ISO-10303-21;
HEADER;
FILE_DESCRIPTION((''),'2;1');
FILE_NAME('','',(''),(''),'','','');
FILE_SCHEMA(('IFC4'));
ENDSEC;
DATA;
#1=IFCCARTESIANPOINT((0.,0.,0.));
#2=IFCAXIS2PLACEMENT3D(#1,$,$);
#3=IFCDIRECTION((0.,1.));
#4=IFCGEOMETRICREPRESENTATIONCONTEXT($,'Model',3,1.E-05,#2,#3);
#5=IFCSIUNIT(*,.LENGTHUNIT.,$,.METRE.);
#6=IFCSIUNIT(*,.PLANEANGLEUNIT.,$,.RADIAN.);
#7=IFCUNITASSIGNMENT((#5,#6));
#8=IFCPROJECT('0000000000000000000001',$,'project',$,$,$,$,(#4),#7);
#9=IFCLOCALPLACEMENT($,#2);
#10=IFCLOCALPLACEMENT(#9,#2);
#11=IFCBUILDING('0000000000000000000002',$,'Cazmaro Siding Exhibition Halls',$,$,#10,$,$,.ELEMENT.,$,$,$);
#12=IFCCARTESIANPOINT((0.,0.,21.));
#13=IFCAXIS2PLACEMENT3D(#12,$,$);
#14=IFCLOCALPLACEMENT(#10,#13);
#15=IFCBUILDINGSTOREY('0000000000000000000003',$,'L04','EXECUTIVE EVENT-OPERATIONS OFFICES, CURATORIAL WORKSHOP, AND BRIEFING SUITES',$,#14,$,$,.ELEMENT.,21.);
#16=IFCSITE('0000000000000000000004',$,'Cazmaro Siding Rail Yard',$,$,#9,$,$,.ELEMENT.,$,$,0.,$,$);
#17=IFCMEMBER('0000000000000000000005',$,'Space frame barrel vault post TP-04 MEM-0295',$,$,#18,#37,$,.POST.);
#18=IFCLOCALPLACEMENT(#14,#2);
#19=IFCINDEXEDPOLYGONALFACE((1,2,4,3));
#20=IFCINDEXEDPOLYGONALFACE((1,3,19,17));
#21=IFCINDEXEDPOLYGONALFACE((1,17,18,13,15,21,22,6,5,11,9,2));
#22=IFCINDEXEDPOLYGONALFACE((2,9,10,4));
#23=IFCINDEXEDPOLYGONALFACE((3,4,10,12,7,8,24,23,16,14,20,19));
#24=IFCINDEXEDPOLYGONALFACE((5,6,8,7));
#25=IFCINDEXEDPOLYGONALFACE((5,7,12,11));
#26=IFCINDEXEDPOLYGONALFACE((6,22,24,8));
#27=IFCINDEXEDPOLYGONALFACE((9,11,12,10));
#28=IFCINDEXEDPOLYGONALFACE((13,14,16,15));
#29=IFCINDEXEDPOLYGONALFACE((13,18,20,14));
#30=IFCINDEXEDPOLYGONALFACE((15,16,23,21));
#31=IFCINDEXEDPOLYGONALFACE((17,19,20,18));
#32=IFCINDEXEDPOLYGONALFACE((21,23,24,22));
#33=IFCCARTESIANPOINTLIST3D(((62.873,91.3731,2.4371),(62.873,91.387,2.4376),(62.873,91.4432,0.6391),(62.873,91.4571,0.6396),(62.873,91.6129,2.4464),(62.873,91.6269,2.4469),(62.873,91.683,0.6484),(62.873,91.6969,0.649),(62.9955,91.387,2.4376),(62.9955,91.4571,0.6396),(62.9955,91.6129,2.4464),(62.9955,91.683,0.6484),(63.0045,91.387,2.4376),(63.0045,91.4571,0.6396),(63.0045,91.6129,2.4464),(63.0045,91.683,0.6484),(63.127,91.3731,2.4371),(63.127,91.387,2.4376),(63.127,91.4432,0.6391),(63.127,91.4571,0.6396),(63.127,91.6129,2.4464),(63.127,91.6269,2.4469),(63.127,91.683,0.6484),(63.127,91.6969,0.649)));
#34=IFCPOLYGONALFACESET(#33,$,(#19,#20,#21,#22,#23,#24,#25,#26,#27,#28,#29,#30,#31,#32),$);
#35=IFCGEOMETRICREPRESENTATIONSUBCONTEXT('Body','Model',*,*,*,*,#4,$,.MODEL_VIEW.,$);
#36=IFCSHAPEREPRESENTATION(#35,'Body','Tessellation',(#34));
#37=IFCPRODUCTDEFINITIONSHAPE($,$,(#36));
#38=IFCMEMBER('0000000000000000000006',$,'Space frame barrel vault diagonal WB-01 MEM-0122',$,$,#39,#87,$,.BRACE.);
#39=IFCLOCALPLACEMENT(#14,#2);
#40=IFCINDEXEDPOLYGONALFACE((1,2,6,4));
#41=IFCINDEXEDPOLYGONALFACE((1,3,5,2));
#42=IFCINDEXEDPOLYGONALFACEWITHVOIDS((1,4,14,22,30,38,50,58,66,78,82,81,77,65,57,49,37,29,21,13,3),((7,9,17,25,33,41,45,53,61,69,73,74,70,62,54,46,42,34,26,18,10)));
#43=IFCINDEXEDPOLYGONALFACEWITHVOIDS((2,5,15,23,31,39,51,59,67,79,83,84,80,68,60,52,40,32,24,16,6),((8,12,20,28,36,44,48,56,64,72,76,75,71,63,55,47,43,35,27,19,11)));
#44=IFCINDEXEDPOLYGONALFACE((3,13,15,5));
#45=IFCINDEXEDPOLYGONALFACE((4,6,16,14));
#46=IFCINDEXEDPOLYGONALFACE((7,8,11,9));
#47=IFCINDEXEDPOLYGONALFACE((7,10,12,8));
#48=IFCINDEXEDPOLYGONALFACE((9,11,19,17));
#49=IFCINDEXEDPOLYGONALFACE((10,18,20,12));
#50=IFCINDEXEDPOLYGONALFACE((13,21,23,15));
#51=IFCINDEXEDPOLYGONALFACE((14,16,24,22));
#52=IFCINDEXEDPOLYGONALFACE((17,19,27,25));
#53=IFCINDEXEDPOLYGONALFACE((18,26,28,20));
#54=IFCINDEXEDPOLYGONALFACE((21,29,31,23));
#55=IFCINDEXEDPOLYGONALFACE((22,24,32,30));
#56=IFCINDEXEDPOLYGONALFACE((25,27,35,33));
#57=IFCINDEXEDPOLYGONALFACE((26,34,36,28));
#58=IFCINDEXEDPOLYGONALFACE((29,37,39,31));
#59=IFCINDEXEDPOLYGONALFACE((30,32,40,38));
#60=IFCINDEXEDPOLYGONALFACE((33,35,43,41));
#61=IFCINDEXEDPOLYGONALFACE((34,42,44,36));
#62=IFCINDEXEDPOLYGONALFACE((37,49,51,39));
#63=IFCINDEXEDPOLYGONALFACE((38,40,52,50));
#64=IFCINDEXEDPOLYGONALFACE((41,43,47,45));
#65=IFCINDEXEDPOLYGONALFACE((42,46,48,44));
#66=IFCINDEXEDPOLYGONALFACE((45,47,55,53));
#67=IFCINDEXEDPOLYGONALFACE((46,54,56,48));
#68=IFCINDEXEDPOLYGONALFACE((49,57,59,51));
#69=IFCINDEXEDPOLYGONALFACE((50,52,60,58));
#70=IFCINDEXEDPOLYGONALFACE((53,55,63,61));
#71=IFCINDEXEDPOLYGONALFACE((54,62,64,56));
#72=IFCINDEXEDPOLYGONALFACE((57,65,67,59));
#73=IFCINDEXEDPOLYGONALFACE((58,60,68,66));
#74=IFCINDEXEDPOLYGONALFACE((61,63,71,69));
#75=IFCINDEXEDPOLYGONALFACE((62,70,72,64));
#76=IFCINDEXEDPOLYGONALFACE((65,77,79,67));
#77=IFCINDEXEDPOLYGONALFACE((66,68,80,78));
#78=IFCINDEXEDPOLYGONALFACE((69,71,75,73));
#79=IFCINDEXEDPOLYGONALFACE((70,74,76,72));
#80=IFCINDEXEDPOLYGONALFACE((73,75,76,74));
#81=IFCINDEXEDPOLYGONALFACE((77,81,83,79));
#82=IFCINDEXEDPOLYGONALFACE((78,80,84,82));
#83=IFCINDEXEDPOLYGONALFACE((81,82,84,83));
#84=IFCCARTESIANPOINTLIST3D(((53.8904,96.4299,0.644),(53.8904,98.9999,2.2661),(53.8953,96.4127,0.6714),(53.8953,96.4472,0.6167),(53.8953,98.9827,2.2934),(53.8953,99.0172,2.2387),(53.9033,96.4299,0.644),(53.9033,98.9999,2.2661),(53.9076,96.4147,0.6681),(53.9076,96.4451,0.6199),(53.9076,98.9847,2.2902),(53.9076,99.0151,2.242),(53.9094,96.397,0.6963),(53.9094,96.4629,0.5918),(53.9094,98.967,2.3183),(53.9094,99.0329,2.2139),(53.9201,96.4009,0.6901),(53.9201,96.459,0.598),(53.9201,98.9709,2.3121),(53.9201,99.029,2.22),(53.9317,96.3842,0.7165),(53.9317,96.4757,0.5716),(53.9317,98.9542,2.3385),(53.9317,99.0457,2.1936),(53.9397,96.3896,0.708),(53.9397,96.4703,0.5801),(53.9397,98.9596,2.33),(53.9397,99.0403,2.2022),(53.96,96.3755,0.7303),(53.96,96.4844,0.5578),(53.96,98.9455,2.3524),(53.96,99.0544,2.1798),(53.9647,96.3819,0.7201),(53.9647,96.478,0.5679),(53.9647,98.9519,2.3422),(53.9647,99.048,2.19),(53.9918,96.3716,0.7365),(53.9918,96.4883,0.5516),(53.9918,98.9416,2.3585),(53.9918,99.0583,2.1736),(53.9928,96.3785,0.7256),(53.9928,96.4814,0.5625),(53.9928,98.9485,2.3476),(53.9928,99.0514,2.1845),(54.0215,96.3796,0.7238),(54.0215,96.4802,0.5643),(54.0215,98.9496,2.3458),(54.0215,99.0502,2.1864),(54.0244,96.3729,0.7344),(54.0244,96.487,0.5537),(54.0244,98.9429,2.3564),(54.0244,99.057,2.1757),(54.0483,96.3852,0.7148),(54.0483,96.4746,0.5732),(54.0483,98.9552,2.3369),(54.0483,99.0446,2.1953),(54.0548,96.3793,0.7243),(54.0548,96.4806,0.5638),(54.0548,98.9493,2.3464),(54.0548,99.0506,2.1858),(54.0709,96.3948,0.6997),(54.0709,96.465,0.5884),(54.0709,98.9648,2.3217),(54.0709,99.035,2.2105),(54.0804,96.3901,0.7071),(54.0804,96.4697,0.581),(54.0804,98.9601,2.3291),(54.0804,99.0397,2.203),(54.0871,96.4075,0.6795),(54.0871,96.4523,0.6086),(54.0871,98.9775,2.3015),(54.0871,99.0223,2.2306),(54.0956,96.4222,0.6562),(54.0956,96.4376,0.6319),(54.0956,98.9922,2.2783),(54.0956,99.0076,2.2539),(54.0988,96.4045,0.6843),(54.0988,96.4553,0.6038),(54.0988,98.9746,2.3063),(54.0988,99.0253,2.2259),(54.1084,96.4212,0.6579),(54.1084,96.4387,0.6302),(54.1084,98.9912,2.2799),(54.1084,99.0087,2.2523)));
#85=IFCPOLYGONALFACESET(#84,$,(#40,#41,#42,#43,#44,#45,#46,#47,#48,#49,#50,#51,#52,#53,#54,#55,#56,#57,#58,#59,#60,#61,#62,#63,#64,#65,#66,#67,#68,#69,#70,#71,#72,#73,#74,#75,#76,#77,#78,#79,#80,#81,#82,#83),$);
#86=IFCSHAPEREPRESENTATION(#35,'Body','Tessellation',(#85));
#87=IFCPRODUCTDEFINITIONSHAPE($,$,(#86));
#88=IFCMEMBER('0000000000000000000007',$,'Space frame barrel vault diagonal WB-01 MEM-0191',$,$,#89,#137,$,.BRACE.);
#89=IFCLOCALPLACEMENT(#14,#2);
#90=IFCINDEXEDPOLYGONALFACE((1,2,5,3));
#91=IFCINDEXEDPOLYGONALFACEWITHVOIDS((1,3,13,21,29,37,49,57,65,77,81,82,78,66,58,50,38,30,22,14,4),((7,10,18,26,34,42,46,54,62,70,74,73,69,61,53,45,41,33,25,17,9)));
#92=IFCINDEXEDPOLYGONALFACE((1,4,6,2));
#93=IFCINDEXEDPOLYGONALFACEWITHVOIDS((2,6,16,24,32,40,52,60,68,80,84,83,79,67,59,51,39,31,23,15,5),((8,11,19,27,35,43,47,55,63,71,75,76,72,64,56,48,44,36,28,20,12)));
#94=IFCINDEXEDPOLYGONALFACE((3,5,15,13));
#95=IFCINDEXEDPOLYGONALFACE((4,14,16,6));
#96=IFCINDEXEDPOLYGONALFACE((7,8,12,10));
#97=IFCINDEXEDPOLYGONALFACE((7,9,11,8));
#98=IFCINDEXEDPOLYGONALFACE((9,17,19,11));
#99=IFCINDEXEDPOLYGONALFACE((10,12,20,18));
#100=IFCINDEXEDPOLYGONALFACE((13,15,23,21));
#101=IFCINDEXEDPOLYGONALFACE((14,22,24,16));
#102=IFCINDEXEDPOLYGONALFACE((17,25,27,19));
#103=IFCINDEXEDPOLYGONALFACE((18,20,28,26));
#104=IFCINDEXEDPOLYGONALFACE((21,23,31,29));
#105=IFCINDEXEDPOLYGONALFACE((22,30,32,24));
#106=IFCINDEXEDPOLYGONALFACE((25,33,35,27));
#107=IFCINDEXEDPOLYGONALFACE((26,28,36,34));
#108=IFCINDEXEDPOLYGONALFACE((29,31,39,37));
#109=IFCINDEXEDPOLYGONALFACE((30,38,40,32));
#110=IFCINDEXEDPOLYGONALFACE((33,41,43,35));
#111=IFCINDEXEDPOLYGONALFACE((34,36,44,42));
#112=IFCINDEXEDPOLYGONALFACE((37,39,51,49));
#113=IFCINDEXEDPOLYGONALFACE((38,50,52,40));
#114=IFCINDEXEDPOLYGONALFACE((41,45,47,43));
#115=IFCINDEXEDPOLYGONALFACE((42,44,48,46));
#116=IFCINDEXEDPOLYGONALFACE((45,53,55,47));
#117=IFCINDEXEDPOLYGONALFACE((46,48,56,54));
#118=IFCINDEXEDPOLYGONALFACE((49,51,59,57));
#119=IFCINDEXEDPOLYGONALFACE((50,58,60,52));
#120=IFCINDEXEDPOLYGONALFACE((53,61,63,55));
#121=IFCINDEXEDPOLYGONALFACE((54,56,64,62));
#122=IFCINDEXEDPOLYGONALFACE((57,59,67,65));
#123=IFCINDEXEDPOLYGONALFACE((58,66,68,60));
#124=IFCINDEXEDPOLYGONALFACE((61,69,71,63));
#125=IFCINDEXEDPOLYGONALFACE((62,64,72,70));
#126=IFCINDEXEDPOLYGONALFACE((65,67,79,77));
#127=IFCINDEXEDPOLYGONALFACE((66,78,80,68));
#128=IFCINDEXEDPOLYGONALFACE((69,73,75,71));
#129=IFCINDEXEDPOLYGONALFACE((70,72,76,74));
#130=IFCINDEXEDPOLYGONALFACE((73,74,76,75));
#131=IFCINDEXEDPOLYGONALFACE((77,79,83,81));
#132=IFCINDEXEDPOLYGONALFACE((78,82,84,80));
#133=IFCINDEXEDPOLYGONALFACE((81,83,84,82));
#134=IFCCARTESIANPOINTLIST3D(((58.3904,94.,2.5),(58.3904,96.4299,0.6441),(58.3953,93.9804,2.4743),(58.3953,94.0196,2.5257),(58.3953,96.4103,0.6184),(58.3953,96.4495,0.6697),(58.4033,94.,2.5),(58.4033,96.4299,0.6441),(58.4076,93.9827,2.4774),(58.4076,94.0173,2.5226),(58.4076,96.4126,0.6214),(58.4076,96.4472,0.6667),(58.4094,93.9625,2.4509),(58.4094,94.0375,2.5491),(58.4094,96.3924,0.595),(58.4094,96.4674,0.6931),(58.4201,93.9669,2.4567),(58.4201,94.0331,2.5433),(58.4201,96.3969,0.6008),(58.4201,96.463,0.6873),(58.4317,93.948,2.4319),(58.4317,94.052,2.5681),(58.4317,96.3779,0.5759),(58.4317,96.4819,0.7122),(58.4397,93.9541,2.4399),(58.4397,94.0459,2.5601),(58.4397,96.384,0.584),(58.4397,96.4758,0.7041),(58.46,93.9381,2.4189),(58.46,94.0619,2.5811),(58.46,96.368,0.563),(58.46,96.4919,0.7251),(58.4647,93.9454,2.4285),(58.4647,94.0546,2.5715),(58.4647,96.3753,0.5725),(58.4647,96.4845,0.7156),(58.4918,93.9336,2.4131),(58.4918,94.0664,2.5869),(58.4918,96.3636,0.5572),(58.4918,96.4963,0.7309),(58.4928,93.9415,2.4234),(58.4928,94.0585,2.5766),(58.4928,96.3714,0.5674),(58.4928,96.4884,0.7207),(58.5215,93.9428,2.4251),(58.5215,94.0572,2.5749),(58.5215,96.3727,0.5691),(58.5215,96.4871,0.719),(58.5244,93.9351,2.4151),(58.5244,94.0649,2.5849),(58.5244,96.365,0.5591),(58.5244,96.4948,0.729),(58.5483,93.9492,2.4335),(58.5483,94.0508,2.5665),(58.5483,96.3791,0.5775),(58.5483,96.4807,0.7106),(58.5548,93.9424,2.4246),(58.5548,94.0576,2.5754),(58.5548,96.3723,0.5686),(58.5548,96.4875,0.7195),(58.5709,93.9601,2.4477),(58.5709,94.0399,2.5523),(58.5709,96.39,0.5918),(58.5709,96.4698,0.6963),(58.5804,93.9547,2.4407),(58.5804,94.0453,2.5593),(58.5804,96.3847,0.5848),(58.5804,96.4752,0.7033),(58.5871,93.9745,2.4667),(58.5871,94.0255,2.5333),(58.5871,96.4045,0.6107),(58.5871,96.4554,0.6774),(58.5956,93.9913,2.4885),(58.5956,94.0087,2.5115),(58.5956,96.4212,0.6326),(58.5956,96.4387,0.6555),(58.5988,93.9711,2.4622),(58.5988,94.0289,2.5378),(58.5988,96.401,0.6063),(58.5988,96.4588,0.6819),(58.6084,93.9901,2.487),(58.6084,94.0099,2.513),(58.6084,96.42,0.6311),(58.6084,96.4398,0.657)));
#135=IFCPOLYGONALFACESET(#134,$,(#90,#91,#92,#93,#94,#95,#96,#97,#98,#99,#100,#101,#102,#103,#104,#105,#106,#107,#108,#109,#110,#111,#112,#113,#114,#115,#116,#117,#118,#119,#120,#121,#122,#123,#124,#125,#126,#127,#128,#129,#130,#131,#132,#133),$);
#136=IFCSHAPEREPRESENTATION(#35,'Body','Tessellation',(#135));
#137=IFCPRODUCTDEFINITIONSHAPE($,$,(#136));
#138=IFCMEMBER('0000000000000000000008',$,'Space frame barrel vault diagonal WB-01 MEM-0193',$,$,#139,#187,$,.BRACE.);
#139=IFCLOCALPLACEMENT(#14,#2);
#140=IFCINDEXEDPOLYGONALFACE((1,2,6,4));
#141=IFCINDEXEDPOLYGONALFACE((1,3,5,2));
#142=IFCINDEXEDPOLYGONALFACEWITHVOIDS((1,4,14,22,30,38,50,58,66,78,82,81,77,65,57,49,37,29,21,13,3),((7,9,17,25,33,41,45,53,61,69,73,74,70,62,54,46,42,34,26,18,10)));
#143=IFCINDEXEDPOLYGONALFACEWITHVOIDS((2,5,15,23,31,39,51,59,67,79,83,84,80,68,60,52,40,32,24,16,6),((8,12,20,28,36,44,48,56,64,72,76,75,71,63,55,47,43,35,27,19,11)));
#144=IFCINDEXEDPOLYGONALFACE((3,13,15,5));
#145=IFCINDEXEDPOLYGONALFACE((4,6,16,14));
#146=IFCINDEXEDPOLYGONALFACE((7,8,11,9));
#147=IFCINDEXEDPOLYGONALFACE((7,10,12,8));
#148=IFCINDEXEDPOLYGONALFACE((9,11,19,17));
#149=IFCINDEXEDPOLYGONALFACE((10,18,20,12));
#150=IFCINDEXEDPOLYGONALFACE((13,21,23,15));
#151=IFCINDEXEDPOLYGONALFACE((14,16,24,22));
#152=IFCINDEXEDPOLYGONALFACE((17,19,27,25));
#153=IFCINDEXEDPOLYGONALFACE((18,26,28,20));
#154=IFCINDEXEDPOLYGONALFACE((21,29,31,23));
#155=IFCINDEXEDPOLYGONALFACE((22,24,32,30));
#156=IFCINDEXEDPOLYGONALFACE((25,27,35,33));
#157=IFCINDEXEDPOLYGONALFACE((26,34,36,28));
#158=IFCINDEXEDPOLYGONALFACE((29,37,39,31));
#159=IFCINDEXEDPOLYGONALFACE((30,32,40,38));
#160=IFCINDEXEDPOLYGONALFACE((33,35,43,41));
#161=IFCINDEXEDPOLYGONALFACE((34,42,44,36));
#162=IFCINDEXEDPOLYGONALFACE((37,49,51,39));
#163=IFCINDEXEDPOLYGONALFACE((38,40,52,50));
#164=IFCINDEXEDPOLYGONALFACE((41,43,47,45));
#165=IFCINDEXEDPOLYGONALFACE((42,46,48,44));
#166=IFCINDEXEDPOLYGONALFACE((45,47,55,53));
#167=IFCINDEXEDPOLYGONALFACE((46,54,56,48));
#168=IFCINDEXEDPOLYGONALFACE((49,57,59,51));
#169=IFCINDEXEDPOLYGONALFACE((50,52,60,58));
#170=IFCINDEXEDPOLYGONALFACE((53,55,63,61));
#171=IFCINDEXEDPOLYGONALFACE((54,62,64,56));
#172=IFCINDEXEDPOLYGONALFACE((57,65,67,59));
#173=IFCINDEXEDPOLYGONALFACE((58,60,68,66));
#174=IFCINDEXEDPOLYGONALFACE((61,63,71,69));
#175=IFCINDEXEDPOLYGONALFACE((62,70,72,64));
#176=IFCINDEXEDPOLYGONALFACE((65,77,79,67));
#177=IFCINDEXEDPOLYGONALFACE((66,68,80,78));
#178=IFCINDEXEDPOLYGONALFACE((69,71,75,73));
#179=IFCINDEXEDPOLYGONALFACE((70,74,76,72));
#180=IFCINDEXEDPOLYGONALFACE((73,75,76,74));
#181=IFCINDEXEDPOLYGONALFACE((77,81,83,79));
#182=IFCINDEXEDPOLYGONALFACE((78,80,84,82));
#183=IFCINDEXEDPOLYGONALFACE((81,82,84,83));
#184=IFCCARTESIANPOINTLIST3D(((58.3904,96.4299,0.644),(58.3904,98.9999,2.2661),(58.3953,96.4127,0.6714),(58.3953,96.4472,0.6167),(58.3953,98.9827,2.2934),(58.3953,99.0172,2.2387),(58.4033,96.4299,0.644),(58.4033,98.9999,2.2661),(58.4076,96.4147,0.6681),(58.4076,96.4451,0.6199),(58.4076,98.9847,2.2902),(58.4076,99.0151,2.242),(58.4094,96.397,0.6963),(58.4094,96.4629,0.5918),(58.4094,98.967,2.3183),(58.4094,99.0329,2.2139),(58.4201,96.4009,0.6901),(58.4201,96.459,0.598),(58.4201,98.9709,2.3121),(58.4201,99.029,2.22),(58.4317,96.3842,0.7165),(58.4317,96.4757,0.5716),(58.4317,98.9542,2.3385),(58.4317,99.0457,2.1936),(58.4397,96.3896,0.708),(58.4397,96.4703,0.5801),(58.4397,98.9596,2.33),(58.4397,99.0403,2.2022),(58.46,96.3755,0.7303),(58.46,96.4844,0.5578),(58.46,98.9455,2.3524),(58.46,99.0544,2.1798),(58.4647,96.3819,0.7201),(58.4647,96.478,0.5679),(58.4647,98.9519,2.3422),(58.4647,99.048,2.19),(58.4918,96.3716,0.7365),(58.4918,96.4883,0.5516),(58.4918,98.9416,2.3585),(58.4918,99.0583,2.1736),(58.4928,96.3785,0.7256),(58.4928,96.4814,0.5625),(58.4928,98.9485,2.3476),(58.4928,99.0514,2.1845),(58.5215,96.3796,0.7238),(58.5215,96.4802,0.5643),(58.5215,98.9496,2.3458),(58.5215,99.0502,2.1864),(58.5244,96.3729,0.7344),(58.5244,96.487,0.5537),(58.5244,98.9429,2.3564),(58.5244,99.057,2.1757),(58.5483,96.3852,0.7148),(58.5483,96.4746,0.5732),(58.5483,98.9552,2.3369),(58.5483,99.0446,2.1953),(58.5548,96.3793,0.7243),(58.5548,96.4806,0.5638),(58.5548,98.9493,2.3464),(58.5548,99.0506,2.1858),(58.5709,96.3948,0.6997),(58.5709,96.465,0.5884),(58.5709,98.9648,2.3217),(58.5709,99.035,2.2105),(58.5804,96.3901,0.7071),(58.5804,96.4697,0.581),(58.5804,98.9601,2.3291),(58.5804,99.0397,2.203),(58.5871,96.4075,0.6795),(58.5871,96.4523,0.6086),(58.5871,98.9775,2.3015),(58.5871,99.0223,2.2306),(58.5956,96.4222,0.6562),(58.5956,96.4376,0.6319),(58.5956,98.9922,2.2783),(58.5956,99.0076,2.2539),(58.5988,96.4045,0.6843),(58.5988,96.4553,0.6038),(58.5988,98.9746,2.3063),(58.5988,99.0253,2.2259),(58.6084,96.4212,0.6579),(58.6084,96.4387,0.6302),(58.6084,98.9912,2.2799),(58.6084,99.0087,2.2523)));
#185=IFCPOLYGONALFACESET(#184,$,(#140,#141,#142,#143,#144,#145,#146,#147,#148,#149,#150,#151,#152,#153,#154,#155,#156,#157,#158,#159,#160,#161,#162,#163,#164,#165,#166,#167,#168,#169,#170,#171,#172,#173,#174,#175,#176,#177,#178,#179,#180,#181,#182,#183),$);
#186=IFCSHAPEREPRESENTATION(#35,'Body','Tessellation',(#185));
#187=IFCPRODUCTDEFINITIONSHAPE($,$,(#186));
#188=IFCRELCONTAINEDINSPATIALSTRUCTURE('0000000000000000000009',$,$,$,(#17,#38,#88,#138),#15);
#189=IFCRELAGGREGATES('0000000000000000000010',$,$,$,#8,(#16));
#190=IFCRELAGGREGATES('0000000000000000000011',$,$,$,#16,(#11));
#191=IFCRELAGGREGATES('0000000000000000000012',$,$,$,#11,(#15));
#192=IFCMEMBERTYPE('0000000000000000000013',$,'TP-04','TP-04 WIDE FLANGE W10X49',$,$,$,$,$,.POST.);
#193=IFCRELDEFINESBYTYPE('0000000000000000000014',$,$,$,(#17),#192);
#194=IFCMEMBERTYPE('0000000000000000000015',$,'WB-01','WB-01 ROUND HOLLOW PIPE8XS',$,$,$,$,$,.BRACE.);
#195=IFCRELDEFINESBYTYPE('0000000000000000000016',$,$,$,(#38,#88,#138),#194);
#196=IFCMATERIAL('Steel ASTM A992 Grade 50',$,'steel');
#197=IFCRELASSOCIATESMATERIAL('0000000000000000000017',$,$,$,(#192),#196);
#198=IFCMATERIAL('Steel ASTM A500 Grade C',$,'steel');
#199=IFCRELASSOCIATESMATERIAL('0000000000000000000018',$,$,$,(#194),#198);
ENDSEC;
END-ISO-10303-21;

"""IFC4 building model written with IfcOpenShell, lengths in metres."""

from ifc_helpers import new_model, si_unit, direction, frame, origin, origin_2d, place, context, subcontext, project, spatial, hollow_circle, i_section, extrude, material, material_profile, profile_set, type_object, element, save


model = new_model("IFC4")

# Units and contexts
model_context = context("Model", 3, precision=1e-05, world=origin(), true_north=direction((0.0, 1.0)))
body_context = subcontext(model_context, "Body", "Model", "MODEL_VIEW")
ifc_project = project(units=[si_unit("LENGTHUNIT", "METRE"), si_unit("PLANEANGLEUNIT", "RADIAN")], contexts=[model_context])

# Site, building, storey
site_placement = place(None, origin())
site = spatial("IfcSite", under=ifc_project, at=site_placement, Name="Cazmaro Siding Rail Yard", CompositionType="ELEMENT", RefElevation=0.0)
building_placement = place(site_placement, origin())
building = spatial("IfcBuilding", under=site, at=building_placement, Name="Cazmaro Siding Exhibition Halls", CompositionType="ELEMENT")
storey_placement = place(building_placement, frame((0.0, 0.0, 21.0)))
storey = spatial("IfcBuildingStorey", under=building, at=storey_placement, Name="L04", Description="EXECUTIVE EVENT-OPERATIONS OFFICES, CURATORIAL WORKSHOP, AND BRIEFING SUITES", CompositionType="ELEMENT", Elevation=21.0)

# Members
ifc_material_1 = material(Name="Steel ASTM A992 Grade 50", Category="steel")
ifc_material_profile_1 = material_profile(ifc_material_1, i_section(OverallWidth=0.2539, OverallDepth=0.2539, WebThickness=0.009, FlangeThickness=0.0139, at=origin_2d()), Name="W10X49")
ifc_profile_set_1 = profile_set([ifc_material_profile_1], Name="Steel ASTM A992 Grade 50")
member_type_1 = type_object("IfcMemberType", Name="TP-04", Description="TP-04 WIDE FLANGE W10X49", PredefinedType="POST", material=ifc_profile_set_1)
member_1_placement = place(storey_placement, frame((63.0, 91.5701, 0.644), z_axis=(0.0, -0.038944, 0.999241), x_axis=(1.0, 0.0, 0.0)))
element("IfcMember", 1, at=member_1_placement, inside=storey, type_object=member_type_1, Name="Space frame barrel vault post TP-04 MEM-0295", PredefinedType="POST", context=body_context, shape_type="SweptSolid", body=[
    extrude(i_section(OverallWidth=0.2539, OverallDepth=0.2539, WebThickness=0.009, FlangeThickness=0.0139, at=origin_2d()), origin(), (0.0, 0.0, 1.0), 1.7993),
])
ifc_material_2 = material(Name="Steel ASTM A500 Grade C", Category="steel")
ifc_material_profile_2 = material_profile(ifc_material_2, hollow_circle(Radius=0.1096, WallThickness=0.0129, at=origin_2d()), Name="PIPE8XS")
ifc_profile_set_2 = profile_set([ifc_material_profile_2], Name="Steel ASTM A500 Grade C")
member_type_2 = type_object("IfcMemberType", Name="WB-01", Description="WB-01 ROUND HOLLOW PIPE8XS", PredefinedType="BRACE", material=ifc_profile_set_2)
member_2_placement = place(storey_placement, frame((54.0, 96.4299, 0.644), z_axis=(0.0, 0.845657, 0.533727), x_axis=(-1.0, 0.0, 0.0)))
element("IfcMember", 2, at=member_2_placement, inside=storey, type_object=member_type_2, Name="Space frame barrel vault diagonal WB-01 MEM-0122", PredefinedType="BRACE", context=body_context, shape_type="SweptSolid", body=[
    extrude(hollow_circle(Radius=0.1096, WallThickness=0.0129, at=origin_2d()), origin(), (0.0, 0.0, 1.0), 3.0391),
])
member_3_placement = place(storey_placement, frame((58.5, 94.0, 2.5), z_axis=(0.0, 0.794709, -0.606991), x_axis=(-1.0, 0.0, 0.0)))
element("IfcMember", 3, at=member_3_placement, inside=storey, type_object=member_type_2, Name="Space frame barrel vault diagonal WB-01 MEM-0191", PredefinedType="BRACE", context=body_context, shape_type="SweptSolid", body=[
    extrude(hollow_circle(Radius=0.1096, WallThickness=0.0129, at=origin_2d()), origin(), (0.0, 0.0, 1.0), 3.0576),
])
member_4_placement = place(storey_placement, frame((58.5, 96.4299, 0.644), z_axis=(0.0, 0.845657, 0.533727), x_axis=(-1.0, 0.0, 0.0)))
element("IfcMember", 4, at=member_4_placement, inside=storey, type_object=member_type_2, Name="Space frame barrel vault diagonal WB-01 MEM-0193", PredefinedType="BRACE", context=body_context, shape_type="SweptSolid", body=[
    extrude(hollow_circle(Radius=0.1096, WallThickness=0.0129, at=origin_2d()), origin(), (0.0, 0.0, 1.0), 3.0391),
])

save(model, "model.ifc")
